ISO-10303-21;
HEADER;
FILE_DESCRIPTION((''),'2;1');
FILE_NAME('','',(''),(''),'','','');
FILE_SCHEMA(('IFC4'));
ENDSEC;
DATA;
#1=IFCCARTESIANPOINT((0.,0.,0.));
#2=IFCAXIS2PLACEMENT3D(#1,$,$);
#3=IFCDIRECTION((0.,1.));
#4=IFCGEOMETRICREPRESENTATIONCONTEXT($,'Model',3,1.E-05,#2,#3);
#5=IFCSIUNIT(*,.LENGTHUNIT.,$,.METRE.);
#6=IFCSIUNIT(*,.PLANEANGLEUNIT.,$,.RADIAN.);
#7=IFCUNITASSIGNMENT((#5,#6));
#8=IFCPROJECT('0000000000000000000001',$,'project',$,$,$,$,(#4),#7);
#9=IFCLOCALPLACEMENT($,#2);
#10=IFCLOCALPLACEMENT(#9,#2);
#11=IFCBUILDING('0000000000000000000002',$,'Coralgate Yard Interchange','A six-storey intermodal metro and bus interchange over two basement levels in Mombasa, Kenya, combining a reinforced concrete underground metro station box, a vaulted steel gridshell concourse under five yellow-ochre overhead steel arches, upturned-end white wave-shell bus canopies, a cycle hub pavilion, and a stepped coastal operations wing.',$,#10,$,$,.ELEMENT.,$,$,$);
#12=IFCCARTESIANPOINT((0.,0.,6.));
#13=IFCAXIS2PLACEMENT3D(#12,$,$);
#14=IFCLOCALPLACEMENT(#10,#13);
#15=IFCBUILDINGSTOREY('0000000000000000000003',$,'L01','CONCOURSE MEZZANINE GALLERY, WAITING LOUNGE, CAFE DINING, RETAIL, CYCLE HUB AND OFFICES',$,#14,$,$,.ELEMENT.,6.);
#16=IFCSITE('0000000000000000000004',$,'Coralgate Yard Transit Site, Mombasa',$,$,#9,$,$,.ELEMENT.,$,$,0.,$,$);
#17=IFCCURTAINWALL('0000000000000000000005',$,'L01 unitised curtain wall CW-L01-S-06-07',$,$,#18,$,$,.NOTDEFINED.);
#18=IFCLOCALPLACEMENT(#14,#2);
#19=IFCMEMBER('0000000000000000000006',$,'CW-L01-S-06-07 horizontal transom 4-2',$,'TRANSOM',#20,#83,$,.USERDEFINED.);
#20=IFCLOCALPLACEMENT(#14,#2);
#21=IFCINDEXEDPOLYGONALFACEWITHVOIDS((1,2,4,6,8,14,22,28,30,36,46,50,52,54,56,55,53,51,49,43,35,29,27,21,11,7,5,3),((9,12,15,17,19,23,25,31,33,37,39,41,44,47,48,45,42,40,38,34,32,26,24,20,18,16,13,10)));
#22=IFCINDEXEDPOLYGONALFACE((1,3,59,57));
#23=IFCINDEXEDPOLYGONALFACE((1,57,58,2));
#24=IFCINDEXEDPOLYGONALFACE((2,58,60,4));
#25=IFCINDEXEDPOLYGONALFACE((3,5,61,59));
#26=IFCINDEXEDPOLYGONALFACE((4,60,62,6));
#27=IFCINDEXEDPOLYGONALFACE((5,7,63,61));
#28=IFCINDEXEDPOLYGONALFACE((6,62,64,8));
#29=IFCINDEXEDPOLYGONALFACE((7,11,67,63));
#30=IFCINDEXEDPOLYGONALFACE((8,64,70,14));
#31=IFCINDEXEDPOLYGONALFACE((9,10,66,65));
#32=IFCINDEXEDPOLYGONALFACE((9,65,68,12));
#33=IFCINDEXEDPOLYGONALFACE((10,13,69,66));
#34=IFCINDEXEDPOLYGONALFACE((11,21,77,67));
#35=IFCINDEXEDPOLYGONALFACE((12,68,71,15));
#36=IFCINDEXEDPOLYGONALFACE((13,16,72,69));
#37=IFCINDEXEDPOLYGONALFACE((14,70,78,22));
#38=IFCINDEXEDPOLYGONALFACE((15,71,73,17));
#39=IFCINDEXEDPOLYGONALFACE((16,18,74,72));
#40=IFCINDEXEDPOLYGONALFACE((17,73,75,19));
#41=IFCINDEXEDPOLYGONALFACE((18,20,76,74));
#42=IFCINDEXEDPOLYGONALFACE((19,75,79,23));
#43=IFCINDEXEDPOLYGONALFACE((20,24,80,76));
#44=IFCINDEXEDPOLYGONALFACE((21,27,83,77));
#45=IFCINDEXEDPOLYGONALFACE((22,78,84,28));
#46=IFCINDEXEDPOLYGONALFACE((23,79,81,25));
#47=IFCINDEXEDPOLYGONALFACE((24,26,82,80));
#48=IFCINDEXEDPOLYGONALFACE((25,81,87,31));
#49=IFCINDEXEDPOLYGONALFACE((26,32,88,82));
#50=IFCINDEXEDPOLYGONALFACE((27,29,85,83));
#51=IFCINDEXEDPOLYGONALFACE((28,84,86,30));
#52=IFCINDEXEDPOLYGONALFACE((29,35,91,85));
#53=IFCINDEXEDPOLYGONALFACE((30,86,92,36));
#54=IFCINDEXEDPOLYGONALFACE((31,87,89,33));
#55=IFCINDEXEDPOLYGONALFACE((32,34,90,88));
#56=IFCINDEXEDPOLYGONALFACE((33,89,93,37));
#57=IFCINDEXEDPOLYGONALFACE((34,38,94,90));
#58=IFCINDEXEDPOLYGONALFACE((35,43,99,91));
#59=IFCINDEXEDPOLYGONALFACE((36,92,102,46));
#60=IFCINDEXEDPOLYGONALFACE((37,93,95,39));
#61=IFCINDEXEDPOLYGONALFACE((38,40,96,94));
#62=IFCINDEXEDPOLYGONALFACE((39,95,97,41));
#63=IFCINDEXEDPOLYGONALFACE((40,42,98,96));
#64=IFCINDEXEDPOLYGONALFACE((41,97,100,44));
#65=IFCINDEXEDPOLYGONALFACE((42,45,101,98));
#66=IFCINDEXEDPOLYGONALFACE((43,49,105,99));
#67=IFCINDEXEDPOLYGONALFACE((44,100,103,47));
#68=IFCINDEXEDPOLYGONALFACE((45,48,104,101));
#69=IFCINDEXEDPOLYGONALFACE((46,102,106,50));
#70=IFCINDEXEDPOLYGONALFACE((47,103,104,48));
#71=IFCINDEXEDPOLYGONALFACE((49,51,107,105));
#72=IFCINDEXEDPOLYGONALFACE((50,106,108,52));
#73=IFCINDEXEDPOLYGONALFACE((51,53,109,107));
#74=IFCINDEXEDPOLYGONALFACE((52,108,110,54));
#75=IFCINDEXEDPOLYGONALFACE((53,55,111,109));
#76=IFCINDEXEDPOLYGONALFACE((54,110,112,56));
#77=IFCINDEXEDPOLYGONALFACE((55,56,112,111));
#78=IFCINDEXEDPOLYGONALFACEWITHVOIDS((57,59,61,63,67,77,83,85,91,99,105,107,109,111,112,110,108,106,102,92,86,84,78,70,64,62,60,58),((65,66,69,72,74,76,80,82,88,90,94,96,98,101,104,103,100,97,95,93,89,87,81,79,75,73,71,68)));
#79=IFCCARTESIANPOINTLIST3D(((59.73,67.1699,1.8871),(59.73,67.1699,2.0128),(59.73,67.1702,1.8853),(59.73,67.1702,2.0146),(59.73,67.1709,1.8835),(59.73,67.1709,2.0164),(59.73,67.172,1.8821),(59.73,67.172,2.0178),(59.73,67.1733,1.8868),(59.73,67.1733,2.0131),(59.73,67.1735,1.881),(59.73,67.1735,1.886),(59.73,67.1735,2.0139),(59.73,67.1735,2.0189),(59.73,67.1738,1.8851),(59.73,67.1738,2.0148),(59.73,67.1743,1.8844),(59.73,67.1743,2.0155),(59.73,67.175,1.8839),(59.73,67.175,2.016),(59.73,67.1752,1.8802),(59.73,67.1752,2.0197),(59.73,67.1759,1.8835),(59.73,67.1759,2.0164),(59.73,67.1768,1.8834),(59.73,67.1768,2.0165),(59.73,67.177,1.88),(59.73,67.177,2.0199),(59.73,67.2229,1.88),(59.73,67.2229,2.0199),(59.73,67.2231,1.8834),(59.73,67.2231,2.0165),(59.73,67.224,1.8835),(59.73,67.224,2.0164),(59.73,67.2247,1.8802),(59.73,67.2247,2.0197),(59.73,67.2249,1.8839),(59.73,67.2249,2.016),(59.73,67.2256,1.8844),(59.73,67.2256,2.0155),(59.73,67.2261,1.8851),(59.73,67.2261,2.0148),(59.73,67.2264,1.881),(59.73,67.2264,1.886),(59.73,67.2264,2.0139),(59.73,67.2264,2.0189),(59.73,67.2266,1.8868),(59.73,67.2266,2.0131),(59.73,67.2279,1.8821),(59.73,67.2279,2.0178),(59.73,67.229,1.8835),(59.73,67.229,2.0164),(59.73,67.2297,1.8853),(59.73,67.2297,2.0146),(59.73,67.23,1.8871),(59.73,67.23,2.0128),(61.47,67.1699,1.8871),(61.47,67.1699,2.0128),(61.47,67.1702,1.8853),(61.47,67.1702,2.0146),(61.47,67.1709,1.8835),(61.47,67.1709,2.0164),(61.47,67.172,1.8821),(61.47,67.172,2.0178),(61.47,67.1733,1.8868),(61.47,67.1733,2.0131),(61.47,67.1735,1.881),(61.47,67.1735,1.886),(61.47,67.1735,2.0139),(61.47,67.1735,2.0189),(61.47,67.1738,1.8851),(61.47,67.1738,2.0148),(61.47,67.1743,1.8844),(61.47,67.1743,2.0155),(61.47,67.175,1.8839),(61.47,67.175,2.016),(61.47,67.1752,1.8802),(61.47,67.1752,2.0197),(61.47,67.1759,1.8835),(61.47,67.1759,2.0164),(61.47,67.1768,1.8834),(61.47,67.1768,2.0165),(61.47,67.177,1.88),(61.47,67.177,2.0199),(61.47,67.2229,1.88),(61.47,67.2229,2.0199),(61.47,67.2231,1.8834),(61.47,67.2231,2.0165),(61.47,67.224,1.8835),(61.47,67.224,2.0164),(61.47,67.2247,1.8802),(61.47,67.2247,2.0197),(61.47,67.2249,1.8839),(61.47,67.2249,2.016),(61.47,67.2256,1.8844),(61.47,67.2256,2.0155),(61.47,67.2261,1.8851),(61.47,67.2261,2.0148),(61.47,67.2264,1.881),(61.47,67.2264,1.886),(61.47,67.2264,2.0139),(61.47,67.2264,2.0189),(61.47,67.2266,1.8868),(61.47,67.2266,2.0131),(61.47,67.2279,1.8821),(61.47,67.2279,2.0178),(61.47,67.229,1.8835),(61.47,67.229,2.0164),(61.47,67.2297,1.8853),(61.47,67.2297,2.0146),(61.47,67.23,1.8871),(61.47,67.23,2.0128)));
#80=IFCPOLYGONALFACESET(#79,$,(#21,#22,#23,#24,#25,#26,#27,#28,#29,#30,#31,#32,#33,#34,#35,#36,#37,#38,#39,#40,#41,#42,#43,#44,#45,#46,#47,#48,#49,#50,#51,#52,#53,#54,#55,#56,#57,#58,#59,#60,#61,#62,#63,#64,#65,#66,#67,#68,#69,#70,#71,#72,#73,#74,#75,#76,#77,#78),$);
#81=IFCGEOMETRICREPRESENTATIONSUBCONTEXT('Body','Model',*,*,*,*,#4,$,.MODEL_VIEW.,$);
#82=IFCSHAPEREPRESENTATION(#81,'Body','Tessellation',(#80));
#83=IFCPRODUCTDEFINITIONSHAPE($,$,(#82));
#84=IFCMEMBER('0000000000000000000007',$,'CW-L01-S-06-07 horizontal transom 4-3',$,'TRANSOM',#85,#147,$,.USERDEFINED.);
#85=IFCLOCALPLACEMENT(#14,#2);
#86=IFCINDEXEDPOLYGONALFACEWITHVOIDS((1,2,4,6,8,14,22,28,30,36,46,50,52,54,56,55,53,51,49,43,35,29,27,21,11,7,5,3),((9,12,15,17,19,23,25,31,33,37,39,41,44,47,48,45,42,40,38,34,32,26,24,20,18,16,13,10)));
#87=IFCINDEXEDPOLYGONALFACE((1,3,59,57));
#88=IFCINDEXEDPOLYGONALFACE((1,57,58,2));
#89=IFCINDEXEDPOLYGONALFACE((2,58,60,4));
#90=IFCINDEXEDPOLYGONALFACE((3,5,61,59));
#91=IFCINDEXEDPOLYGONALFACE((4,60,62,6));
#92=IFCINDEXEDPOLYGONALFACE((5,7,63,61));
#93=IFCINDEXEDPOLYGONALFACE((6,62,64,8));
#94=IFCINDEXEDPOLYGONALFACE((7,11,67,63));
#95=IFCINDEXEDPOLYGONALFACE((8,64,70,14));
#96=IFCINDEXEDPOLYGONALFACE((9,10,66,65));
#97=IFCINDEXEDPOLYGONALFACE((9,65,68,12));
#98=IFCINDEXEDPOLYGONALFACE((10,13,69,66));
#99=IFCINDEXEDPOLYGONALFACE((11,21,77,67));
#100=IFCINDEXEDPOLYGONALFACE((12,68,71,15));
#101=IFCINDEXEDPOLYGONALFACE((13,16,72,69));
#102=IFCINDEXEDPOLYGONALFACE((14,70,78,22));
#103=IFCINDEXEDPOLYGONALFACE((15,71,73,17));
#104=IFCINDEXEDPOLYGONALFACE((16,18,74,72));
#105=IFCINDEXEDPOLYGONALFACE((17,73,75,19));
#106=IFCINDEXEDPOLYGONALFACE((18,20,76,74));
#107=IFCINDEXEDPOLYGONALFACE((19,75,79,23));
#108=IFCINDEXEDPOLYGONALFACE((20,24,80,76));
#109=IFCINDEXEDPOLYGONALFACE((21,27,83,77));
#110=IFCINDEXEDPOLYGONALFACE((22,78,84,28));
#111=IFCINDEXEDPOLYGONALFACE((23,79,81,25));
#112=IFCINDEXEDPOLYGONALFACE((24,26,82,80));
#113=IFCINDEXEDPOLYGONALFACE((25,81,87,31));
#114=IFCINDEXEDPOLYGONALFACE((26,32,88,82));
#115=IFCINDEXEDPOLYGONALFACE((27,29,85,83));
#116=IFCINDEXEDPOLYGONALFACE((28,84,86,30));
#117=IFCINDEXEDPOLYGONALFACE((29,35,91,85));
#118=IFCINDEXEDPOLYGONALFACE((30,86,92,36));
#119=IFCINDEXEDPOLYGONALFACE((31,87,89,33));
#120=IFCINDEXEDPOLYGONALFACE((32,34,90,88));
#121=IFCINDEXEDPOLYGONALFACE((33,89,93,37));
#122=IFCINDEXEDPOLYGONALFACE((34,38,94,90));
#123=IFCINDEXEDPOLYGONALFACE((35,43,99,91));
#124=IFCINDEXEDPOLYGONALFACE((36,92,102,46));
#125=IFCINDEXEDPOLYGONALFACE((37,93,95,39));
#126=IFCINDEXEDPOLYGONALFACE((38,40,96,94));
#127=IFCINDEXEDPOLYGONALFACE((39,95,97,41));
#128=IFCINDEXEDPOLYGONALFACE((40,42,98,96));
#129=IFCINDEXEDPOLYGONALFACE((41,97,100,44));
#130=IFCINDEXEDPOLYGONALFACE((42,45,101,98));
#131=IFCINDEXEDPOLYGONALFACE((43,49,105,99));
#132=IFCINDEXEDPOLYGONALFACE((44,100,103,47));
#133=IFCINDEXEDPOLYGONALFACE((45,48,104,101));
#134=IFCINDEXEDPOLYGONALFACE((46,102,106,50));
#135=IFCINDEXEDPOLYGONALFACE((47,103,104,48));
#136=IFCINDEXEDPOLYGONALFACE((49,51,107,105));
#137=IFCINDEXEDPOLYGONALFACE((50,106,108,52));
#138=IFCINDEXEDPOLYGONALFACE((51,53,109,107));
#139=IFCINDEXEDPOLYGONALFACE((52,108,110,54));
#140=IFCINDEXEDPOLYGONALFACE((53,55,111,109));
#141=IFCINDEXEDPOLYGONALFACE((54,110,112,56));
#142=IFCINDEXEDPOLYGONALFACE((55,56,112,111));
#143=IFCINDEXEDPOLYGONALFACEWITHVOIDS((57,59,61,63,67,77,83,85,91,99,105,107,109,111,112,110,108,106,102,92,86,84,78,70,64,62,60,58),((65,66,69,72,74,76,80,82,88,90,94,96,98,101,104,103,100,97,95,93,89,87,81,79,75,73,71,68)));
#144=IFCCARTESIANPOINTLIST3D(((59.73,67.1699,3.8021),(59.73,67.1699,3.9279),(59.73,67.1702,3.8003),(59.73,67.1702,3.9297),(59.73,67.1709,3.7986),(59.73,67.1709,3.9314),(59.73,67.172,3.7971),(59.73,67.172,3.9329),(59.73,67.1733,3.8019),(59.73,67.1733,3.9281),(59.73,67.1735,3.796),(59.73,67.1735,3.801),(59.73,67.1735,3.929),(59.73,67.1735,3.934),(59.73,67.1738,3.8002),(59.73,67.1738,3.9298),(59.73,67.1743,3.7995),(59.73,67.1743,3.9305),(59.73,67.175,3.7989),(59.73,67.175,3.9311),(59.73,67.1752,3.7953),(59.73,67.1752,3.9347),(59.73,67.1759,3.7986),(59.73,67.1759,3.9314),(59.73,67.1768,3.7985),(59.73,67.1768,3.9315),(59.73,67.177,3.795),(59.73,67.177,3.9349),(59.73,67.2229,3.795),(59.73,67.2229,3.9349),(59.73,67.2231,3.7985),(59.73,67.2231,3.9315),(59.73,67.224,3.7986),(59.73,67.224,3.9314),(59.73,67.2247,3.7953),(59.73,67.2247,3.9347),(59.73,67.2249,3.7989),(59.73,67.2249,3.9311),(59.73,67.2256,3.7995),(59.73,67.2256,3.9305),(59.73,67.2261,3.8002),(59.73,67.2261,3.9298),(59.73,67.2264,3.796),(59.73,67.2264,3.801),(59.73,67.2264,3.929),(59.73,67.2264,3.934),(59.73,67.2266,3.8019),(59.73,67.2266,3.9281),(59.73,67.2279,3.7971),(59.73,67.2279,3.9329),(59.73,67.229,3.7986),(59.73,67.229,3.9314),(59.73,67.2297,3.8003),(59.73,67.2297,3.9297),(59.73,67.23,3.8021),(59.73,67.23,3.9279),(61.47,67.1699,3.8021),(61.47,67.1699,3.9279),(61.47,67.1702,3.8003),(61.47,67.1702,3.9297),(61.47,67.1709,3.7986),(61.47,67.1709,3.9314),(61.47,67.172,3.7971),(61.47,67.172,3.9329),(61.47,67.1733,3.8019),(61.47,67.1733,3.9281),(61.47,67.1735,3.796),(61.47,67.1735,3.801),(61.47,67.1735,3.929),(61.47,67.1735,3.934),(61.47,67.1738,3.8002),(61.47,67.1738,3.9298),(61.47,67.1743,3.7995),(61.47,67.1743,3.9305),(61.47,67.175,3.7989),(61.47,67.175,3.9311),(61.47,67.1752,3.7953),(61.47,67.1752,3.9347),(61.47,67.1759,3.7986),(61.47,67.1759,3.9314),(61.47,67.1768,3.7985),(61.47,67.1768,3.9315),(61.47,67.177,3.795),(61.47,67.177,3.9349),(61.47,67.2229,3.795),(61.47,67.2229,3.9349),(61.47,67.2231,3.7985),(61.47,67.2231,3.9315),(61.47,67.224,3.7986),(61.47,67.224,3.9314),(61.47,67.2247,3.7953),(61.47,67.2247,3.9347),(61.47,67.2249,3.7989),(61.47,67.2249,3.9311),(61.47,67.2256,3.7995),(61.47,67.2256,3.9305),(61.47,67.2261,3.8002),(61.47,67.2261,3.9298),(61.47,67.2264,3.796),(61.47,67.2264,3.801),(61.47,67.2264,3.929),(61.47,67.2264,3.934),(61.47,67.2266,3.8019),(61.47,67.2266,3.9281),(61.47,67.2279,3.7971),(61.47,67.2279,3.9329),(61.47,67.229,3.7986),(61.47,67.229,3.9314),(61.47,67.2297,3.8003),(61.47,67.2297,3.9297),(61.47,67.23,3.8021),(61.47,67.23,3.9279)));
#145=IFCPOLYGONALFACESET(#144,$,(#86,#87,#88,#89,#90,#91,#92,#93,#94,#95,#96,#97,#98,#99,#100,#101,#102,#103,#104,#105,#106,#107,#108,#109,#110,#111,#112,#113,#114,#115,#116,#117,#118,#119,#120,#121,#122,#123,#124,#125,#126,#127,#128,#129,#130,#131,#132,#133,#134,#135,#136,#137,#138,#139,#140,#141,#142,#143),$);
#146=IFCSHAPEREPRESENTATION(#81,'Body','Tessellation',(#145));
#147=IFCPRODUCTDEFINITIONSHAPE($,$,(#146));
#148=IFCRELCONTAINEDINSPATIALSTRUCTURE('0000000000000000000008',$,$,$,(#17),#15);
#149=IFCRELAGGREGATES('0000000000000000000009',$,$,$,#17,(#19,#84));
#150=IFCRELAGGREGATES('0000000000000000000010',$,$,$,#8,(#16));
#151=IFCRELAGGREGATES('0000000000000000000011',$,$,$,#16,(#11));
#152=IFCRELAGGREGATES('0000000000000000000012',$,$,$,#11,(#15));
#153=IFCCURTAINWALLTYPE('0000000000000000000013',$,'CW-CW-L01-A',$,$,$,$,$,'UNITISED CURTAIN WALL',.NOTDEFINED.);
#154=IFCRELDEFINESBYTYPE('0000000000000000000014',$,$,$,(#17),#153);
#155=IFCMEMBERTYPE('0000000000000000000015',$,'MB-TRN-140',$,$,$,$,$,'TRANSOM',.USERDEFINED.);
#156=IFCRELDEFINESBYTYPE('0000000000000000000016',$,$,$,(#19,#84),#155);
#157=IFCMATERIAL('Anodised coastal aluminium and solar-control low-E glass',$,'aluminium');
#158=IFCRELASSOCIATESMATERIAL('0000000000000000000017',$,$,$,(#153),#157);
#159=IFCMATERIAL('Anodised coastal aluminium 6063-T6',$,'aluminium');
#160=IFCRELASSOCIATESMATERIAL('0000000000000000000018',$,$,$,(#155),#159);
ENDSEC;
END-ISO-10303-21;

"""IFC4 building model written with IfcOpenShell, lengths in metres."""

from ifc_helpers import new_model, si_unit, direction, frame, origin, origin_2d, place, context, subcontext, project, spatial, hollow_rectangle, extrude, material, material_profile, profile_set, type_object, element, aggregate, save


model = new_model("IFC4")

# Units and contexts
model_context = context("Model", 3, precision=1e-05, world=origin(), true_north=direction((0.0, 1.0)))
body_context = subcontext(model_context, "Body", "Model", "MODEL_VIEW")
ifc_project = project(units=[si_unit("LENGTHUNIT", "METRE"), si_unit("PLANEANGLEUNIT", "RADIAN")], contexts=[model_context])

# Site, building, storey
site_placement = place(None, origin())
site = spatial("IfcSite", under=ifc_project, at=site_placement, Name="Coralgate Yard Transit Site, Mombasa", CompositionType="ELEMENT", RefElevation=0.0)
building_placement = place(site_placement, origin())
building = spatial("IfcBuilding", under=site, at=building_placement, Name="Coralgate Yard Interchange", Description="A six-storey intermodal metro and bus interchange over two basement levels in Mombasa, Kenya, combining a reinforced concrete underground metro station box, a vaulted steel gridshell concourse under five yellow-ochre overhead steel arches, upturned-end white wave-shell bus canopies, a cycle hub pavilion, and a stepped coastal operations wing.", CompositionType="ELEMENT")
storey_placement = place(building_placement, frame((0.0, 0.0, 6.0)))
storey = spatial("IfcBuildingStorey", under=building, at=storey_placement, Name="L01", Description="CONCOURSE MEZZANINE GALLERY, WAITING LOUNGE, CAFE DINING, RETAIL, CYCLE HUB AND OFFICES", CompositionType="ELEMENT", Elevation=6.0)

# Curtain wall, members
ifc_material_1 = material(Name="Anodised coastal aluminium and solar-control low-E glass", Category="aluminium")
curtain_wall_type = type_object("IfcCurtainWallType", Name="CW-CW-L01-A", ElementType="UNITISED CURTAIN WALL", PredefinedType="NOTDEFINED", material=ifc_material_1)
curtain_wall_placement = place(storey_placement, origin())
curtain_wall = element("IfcCurtainWall", 1, at=curtain_wall_placement, inside=storey, type_object=curtain_wall_type, Name="L01 unitised curtain wall CW-L01-S-06-07", PredefinedType="NOTDEFINED")
ifc_material_2 = material(Name="Anodised coastal aluminium 6063-T6", Category="aluminium")
ifc_material_profile_1 = material_profile(ifc_material_2, hollow_rectangle(XDim=0.0601, YDim=0.1399, WallThickness=0.0034, InnerFilletRadius=0.0034, OuterFilletRadius=0.0071, at=origin_2d()), Name="ALU 60x140x3.5")
ifc_profile_set_1 = profile_set([ifc_material_profile_1], Name="Anodised coastal aluminium 6063-T6")
member_type_1 = type_object("IfcMemberType", Name="MB-TRN-140", ElementType="TRANSOM", PredefinedType="USERDEFINED", material=ifc_profile_set_1)
member_1_placement = place(storey_placement, frame((61.47, 67.2, 1.95), z_axis=(-1.0, 0.0, 0.0), x_axis=(0.0, -1.0, 0.0)))
member_1 = element("IfcMember", 2, at=member_1_placement, type_object=member_type_1, Name="CW-L01-S-06-07 horizontal transom 4-2", ObjectType="TRANSOM", PredefinedType="USERDEFINED", context=body_context, shape_type="SweptSolid", body=[
    extrude(hollow_rectangle(XDim=0.0601, YDim=0.1399, WallThickness=0.0034, InnerFilletRadius=0.0034, OuterFilletRadius=0.0071, at=origin_2d()), origin(), (0.0, 0.0, 1.0), 1.74),
])
member_2_placement = place(storey_placement, frame((61.47, 67.2, 3.865), z_axis=(-1.0, 0.0, 0.0), x_axis=(0.0, -1.0, 0.0)))
member_2 = element("IfcMember", 3, at=member_2_placement, type_object=member_type_1, Name="CW-L01-S-06-07 horizontal transom 4-3", ObjectType="TRANSOM", PredefinedType="USERDEFINED", context=body_context, shape_type="SweptSolid", body=[
    extrude(hollow_rectangle(XDim=0.0601, YDim=0.1399, WallThickness=0.0034, InnerFilletRadius=0.0034, OuterFilletRadius=0.0071, at=origin_2d()), origin(), (0.0, 0.0, 1.0), 1.74),
])
aggregate(curtain_wall, [member_1, member_2])

save(model, "model.ifc")
